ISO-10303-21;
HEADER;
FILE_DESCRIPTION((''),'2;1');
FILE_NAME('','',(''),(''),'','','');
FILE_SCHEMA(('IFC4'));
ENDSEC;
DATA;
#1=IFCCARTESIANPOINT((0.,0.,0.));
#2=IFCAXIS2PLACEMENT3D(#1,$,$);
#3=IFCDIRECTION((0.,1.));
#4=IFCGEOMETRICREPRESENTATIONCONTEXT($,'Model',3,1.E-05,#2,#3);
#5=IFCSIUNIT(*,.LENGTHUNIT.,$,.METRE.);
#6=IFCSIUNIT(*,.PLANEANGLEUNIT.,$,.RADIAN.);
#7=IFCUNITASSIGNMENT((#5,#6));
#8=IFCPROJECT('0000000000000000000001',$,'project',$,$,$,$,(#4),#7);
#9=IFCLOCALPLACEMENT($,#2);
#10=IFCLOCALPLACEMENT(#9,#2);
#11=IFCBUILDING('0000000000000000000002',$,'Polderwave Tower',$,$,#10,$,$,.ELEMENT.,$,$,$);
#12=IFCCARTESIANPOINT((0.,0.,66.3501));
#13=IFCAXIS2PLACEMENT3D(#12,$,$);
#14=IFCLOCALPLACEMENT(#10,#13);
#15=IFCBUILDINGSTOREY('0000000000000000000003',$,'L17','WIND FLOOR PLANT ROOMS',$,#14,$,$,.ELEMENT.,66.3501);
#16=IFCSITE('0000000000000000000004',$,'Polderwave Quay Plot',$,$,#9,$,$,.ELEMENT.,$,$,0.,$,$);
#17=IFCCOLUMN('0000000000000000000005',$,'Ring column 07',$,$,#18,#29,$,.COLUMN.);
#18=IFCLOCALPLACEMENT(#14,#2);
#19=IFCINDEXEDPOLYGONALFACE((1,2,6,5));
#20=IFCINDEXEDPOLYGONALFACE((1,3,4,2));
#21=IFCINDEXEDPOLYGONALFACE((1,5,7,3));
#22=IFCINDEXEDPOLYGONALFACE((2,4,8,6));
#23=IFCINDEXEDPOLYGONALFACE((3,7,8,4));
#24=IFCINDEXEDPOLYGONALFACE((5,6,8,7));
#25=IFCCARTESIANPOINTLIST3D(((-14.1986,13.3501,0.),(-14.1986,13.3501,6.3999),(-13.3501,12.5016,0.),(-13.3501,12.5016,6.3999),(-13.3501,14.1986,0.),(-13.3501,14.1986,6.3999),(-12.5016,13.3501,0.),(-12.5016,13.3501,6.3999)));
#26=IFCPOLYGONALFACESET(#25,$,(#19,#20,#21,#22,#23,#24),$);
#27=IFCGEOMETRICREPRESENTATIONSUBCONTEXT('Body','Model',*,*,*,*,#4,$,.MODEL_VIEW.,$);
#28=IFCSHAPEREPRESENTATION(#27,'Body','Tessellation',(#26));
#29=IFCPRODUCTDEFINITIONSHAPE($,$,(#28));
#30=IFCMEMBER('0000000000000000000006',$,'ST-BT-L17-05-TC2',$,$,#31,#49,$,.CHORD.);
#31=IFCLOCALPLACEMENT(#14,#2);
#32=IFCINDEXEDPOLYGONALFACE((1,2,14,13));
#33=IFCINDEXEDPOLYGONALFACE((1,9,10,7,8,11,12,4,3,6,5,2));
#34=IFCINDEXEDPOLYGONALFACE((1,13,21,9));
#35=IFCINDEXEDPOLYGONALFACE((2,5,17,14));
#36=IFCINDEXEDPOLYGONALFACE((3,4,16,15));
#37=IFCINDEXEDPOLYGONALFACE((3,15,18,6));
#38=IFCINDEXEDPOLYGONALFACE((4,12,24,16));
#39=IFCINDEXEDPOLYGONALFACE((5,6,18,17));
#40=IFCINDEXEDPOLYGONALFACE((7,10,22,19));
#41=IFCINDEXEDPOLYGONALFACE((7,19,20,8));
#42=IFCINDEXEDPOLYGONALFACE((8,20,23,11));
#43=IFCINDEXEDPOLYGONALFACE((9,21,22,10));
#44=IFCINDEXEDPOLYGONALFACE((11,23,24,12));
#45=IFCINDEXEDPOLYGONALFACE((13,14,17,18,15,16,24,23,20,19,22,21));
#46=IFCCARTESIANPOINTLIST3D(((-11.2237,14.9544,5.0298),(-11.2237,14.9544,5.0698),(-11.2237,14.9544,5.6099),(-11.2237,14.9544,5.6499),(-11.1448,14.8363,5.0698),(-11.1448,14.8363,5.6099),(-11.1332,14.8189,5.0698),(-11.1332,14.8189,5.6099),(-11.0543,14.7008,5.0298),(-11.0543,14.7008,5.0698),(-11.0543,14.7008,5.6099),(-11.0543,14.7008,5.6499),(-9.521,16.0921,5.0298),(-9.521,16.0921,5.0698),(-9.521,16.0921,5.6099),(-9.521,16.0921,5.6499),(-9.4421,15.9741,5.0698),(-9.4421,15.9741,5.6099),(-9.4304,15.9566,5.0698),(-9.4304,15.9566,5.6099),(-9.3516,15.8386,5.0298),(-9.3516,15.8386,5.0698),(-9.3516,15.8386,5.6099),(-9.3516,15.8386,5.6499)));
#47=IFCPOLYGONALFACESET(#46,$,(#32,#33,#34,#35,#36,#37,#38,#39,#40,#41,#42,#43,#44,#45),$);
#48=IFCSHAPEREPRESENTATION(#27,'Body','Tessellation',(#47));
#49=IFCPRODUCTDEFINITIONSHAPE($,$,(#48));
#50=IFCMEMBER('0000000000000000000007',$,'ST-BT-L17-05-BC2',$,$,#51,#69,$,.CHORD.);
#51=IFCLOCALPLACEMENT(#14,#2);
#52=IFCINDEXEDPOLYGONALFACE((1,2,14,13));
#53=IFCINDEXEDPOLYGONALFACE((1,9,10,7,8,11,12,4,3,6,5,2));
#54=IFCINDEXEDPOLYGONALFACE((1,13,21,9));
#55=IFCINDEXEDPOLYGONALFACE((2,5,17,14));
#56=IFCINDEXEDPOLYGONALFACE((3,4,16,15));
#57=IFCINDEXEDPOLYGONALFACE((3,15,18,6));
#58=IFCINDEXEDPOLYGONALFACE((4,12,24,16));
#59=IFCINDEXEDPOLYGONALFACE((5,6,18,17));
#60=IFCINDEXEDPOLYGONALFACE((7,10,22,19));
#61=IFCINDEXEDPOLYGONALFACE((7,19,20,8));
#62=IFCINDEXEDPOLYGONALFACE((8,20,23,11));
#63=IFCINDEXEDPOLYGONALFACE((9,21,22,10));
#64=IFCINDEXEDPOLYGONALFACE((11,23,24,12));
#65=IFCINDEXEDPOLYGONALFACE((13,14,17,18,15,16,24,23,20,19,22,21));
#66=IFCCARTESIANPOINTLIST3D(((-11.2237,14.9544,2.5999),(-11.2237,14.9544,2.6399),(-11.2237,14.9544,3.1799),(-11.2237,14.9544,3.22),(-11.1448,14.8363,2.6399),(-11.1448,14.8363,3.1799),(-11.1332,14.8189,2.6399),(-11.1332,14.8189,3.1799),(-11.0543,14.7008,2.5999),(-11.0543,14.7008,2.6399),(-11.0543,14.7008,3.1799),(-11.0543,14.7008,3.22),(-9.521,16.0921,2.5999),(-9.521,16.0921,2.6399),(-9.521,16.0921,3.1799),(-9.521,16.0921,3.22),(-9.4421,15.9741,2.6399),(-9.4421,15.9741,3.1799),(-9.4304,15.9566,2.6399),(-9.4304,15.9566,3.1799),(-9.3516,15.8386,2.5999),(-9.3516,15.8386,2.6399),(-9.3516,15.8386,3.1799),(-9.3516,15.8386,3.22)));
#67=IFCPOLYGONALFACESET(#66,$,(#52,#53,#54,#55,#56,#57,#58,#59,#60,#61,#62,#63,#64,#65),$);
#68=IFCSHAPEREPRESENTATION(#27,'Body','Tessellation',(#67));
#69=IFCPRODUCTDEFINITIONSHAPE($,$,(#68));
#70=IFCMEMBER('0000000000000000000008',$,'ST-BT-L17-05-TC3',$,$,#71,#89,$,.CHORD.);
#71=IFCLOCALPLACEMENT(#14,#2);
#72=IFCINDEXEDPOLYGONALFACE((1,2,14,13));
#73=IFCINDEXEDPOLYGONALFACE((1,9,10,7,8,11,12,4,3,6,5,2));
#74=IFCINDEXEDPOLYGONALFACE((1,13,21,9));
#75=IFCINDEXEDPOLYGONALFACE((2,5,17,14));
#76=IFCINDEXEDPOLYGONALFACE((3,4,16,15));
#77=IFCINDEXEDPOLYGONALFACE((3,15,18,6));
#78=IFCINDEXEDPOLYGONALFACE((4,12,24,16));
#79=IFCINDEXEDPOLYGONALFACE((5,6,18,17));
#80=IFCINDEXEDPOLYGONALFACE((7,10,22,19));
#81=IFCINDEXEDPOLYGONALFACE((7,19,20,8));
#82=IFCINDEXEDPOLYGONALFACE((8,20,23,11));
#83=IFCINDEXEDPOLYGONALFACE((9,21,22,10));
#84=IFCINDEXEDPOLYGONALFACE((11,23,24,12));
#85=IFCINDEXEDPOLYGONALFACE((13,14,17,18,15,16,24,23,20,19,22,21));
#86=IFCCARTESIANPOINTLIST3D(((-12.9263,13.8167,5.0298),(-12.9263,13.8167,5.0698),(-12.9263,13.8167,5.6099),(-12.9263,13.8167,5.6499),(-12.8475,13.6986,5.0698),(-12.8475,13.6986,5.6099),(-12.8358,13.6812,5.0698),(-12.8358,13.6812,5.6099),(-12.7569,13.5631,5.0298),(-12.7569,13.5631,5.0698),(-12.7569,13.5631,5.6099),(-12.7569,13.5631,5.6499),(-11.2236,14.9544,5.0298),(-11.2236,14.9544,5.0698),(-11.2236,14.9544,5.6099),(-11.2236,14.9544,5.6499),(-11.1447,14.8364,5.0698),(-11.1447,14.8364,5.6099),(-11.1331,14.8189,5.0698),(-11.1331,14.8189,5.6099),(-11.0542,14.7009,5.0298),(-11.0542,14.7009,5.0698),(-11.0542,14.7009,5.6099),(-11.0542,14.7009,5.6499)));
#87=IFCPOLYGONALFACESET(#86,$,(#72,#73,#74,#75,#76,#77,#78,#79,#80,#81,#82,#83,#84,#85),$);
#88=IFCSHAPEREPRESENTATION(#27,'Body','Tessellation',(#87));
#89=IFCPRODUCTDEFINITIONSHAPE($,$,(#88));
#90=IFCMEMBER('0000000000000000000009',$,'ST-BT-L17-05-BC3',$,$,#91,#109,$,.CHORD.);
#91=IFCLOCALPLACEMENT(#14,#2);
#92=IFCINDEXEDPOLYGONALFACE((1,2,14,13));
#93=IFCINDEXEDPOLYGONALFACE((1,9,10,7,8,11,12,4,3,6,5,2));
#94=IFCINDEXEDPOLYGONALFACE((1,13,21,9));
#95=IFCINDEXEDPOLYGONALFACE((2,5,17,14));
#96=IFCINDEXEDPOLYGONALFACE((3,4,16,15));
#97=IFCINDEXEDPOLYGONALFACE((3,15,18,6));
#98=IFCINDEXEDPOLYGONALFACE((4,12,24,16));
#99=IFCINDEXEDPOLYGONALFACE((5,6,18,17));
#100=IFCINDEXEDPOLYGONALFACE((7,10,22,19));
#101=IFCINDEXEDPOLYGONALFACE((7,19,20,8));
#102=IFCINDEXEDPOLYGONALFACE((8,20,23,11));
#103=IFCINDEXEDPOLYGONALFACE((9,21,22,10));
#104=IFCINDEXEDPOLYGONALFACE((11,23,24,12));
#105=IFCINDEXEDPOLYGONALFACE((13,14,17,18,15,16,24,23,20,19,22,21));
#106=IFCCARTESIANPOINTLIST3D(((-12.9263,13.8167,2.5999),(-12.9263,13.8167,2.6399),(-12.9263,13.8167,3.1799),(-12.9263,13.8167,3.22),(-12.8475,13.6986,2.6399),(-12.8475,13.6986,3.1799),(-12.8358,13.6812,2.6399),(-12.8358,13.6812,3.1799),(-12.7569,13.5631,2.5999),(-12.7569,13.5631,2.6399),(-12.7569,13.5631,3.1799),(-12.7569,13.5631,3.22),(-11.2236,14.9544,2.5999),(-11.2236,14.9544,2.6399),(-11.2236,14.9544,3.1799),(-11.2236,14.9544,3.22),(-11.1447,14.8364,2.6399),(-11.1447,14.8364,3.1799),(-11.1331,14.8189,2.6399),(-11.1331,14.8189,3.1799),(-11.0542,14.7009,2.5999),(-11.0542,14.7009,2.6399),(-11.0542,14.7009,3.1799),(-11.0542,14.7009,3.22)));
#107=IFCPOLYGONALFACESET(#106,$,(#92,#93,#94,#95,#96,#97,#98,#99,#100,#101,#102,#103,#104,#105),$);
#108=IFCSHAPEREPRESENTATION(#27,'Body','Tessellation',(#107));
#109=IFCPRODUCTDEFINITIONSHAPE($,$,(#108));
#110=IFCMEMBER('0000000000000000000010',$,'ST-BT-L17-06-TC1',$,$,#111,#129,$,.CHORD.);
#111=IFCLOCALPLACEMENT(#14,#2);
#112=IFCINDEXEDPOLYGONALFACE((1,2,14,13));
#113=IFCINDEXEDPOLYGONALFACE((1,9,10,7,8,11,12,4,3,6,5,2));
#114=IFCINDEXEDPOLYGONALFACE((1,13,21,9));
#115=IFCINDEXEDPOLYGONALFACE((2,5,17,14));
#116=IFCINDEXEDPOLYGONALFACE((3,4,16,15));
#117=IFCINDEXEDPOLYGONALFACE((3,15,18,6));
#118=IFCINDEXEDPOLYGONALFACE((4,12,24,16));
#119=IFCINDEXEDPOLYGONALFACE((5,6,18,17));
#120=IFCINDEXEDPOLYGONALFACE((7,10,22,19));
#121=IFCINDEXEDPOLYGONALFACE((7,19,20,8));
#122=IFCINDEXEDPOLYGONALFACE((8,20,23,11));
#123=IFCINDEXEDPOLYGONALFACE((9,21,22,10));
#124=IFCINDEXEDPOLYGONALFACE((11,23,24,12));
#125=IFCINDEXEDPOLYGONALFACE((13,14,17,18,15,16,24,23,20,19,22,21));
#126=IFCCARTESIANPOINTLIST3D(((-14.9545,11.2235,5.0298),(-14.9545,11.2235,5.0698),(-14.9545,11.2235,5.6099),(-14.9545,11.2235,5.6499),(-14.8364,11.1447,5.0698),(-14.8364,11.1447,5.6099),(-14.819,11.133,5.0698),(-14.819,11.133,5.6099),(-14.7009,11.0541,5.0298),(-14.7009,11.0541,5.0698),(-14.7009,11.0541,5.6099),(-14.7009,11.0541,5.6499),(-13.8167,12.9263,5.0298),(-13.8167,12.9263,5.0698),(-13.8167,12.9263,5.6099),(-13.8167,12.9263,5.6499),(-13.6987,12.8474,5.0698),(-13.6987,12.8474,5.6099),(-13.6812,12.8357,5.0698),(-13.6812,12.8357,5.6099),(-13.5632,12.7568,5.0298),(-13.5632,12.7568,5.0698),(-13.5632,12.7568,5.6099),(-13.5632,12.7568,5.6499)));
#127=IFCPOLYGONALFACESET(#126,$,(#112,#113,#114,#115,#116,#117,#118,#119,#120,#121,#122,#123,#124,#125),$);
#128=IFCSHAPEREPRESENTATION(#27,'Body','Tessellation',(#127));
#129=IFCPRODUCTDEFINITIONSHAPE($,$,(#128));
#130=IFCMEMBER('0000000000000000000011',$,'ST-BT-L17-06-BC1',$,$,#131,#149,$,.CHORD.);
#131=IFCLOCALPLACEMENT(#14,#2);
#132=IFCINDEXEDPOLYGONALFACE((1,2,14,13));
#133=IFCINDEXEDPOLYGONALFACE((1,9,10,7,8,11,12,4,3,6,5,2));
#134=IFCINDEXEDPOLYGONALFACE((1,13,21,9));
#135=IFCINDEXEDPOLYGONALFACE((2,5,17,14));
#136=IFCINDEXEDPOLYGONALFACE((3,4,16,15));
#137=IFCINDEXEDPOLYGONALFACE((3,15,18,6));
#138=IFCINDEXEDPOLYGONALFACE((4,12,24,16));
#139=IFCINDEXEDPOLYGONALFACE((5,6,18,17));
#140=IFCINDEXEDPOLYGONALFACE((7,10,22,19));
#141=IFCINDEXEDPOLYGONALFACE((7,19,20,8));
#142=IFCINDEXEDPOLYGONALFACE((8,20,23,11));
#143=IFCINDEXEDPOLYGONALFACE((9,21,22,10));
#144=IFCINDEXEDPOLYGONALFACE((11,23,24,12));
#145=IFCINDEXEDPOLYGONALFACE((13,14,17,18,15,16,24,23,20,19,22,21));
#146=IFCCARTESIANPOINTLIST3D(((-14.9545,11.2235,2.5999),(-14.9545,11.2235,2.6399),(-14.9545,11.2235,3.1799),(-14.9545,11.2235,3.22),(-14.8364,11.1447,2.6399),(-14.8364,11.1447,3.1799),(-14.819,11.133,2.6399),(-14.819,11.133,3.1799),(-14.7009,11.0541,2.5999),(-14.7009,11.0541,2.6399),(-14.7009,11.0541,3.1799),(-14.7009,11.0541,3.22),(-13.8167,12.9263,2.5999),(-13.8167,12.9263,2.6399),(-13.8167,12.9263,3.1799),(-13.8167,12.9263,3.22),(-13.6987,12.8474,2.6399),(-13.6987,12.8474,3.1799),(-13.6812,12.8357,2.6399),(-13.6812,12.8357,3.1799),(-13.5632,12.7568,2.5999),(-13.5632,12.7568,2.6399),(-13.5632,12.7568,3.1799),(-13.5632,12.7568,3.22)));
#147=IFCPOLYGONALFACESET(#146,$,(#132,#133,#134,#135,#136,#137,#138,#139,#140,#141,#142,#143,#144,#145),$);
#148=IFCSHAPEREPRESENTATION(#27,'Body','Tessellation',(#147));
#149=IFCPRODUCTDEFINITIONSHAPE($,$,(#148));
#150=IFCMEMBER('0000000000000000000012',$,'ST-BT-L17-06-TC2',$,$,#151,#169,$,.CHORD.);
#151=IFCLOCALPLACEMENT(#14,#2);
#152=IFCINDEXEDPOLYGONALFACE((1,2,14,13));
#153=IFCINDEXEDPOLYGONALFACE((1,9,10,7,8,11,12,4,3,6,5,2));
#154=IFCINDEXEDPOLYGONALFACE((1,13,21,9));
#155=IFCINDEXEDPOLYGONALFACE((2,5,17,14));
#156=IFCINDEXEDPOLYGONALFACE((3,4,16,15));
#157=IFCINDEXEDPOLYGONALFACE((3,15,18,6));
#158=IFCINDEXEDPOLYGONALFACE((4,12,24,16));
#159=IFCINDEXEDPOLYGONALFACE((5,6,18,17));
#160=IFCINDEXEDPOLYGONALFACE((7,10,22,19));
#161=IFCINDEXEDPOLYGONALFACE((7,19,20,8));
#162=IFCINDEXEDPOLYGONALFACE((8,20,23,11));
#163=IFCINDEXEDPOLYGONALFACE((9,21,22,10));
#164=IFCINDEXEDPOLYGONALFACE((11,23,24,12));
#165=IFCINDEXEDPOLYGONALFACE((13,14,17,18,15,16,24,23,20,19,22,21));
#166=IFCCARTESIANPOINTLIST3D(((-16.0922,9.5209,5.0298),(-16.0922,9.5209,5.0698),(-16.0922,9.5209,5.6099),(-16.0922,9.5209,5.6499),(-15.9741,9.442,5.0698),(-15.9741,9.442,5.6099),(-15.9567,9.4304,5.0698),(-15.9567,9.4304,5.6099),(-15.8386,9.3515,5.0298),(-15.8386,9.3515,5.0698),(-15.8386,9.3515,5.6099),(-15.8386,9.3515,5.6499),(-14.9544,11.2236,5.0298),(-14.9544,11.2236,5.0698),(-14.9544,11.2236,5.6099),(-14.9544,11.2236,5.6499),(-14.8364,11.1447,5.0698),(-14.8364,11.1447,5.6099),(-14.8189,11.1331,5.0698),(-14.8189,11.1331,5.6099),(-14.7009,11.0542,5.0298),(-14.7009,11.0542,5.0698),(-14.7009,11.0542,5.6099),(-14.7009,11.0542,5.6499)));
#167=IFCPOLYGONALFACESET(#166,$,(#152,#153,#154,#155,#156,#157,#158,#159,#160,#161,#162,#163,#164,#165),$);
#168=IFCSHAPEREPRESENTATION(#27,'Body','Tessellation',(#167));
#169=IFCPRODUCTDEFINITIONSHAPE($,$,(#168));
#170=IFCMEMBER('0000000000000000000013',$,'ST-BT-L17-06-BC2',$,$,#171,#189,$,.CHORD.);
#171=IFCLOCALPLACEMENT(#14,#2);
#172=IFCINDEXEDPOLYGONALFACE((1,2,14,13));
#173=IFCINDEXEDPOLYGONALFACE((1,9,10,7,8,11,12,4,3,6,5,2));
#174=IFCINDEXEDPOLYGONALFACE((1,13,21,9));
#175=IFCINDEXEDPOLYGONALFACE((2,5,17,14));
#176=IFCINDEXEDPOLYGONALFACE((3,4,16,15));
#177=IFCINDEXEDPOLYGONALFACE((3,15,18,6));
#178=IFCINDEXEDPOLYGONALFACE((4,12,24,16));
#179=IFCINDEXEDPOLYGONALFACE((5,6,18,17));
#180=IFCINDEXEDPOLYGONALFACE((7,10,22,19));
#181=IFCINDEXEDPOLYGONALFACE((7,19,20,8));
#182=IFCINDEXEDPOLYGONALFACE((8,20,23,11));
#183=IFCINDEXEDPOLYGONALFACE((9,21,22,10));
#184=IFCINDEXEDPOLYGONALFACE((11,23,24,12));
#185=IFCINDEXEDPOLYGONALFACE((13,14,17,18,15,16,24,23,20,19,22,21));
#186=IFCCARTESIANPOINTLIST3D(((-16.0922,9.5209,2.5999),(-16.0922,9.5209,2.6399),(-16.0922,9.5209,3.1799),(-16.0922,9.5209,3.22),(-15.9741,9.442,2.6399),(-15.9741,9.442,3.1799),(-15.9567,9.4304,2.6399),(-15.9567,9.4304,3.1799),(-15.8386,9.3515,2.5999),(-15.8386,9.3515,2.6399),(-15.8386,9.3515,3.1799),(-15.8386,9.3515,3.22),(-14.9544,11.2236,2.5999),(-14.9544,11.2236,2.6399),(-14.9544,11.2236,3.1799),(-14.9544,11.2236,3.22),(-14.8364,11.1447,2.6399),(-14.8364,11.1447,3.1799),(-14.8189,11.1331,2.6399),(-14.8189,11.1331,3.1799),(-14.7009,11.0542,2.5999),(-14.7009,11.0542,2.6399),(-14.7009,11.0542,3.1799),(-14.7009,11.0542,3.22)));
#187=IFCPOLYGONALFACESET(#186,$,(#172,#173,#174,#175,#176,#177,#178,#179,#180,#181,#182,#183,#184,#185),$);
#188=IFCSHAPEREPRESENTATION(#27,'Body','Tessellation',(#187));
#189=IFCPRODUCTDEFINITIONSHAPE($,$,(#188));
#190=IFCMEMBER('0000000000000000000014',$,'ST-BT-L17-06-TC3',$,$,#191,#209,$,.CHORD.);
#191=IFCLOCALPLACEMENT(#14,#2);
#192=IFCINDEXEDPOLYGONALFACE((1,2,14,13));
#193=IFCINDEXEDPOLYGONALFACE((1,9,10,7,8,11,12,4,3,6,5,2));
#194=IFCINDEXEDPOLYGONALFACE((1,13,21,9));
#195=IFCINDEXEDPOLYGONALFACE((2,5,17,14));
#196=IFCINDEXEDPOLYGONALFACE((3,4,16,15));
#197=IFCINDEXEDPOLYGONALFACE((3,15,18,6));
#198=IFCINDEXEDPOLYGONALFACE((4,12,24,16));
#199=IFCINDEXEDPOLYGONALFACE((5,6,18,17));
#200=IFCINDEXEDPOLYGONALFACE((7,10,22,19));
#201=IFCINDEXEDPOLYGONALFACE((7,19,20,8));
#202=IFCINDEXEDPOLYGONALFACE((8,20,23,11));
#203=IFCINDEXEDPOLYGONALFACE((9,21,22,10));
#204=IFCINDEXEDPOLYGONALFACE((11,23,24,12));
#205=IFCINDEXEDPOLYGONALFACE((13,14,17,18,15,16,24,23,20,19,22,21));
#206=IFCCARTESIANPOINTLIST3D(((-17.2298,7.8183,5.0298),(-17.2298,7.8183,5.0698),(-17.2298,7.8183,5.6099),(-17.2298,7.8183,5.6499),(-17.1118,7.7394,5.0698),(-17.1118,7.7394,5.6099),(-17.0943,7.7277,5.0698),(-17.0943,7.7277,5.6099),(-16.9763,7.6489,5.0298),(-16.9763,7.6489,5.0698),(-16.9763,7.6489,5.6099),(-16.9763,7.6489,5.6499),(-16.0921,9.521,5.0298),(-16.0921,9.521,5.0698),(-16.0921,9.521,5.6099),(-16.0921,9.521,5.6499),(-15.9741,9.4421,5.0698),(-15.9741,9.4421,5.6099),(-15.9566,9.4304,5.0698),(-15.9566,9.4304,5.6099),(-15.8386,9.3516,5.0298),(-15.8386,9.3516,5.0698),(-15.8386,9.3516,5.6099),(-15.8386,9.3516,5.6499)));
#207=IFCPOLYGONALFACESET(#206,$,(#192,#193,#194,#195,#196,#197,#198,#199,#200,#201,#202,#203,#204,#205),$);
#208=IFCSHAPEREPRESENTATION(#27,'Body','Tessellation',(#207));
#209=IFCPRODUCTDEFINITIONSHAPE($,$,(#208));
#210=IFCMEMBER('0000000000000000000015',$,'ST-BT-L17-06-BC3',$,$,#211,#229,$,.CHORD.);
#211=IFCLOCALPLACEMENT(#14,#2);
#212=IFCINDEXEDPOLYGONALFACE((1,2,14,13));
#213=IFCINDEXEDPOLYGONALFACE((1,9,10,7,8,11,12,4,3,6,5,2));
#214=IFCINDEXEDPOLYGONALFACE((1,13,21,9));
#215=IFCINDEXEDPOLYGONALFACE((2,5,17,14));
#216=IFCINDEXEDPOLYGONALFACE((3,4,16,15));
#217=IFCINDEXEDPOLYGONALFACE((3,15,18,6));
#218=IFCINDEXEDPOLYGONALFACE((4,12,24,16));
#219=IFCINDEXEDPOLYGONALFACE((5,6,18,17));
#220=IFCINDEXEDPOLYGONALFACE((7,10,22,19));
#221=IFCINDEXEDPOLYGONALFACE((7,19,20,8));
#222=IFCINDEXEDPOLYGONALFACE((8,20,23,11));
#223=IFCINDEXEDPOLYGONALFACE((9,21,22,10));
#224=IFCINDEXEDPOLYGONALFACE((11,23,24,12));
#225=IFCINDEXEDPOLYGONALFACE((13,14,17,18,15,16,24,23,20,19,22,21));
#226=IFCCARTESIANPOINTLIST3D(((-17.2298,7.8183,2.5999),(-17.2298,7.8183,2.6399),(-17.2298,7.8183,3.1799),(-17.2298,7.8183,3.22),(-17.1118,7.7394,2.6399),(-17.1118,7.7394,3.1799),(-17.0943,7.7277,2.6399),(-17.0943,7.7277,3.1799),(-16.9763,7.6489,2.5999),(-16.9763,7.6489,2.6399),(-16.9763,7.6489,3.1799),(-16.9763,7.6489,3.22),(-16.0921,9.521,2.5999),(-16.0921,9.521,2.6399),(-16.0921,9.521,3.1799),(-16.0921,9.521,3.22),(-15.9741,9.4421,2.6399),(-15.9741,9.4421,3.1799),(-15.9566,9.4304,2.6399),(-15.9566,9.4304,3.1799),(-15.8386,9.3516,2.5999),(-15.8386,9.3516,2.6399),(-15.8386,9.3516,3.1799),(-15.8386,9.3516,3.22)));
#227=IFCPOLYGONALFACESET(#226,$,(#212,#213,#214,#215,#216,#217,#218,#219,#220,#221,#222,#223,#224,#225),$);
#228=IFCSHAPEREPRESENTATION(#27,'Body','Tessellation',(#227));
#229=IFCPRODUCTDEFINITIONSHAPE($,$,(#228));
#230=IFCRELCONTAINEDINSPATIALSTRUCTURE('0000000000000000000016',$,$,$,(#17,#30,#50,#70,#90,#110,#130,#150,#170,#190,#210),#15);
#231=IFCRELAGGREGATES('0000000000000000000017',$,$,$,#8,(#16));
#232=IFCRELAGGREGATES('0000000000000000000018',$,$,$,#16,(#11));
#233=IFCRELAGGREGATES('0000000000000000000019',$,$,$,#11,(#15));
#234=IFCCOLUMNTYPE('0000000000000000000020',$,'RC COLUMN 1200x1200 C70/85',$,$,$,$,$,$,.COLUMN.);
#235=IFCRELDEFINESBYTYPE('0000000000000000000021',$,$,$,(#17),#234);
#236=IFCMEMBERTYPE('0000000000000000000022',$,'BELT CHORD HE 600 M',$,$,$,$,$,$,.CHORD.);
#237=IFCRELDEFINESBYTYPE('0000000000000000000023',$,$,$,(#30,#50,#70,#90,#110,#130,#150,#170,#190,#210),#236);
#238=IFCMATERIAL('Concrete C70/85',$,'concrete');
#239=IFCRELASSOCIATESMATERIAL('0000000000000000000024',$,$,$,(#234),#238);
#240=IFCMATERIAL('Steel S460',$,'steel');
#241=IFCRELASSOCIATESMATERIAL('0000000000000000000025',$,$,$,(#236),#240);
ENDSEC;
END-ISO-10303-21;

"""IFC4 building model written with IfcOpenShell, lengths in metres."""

from ifc_helpers import new_model, si_unit, direction, frame, origin, origin_2d, place, context, subcontext, project, spatial, rectangle, i_section, extrude, material, material_profile, profile_set, type_object, element, save


model = new_model("IFC4")

# Units and contexts
model_context = context("Model", 3, precision=1e-05, world=origin(), true_north=direction((0.0, 1.0)))
body_context = subcontext(model_context, "Body", "Model", "MODEL_VIEW")
ifc_project = project(units=[si_unit("LENGTHUNIT", "METRE"), si_unit("PLANEANGLEUNIT", "RADIAN")], contexts=[model_context])

# Site, building, storey
site_placement = place(None, origin())
site = spatial("IfcSite", under=ifc_project, at=site_placement, Name="Polderwave Quay Plot", CompositionType="ELEMENT", RefElevation=0.0)
building_placement = place(site_placement, origin())
building = spatial("IfcBuilding", under=site, at=building_placement, Name="Polderwave Tower", CompositionType="ELEMENT")
storey_placement = place(building_placement, frame((0.0, 0.0, 66.3501)))
storey = spatial("IfcBuildingStorey", under=building, at=storey_placement, Name="L17", Description="WIND FLOOR PLANT ROOMS", CompositionType="ELEMENT", Elevation=66.3501)

# Column
ifc_material_1 = material(Name="Concrete C70/85", Category="concrete")
ifc_material_profile_1 = material_profile(ifc_material_1, rectangle(XDim=1.2, YDim=1.2, at=origin_2d()), Name="RC 1200x1200")
ifc_profile_set_1 = profile_set([ifc_material_profile_1], Name="Concrete C70/85")
column_type = type_object("IfcColumnType", Name="RC COLUMN 1200x1200 C70/85", PredefinedType="COLUMN", material=ifc_profile_set_1)
column_placement = place(storey_placement, frame((-13.3501, 13.3501, 0.0), z_axis=(0.0, 0.0, 1.0), x_axis=(-0.707107, 0.707107, 0.0)))
element("IfcColumn", 1, at=column_placement, inside=storey, type_object=column_type, Name="Ring column 07", PredefinedType="COLUMN", context=body_context, shape_type="SweptSolid", body=[
    extrude(rectangle(XDim=1.2, YDim=1.2, at=origin_2d()), origin(), (0.0, 0.0, 1.0), 6.3999),
])

# Members
ifc_material_2 = material(Name="Steel S460", Category="steel")
ifc_material_profile_2 = material_profile(ifc_material_2, i_section(OverallWidth=0.3049, OverallDepth=0.6201, WebThickness=0.021, FlangeThickness=0.04, at=origin_2d()), Name="HE 600 M")
ifc_profile_set_2 = profile_set([ifc_material_profile_2], Name="Steel S460")
member_type_1 = type_object("IfcMemberType", Name="BELT CHORD HE 600 M", PredefinedType="CHORD", material=ifc_profile_set_2)
for number, where, z_axis, x_axis, name in (
    (2, (-9.4363, 15.9653, 5.3398), (-0.831463, -0.55558, 0.0), (0.55558, -0.831463, 0.0), "ST-BT-L17-05-TC2"),
    (3, (-9.4363, 15.9653, 2.9099), (-0.831463, -0.55558, 0.0), (0.55558, -0.831463, 0.0), "ST-BT-L17-05-BC2"),
    (4, (-11.1389, 14.8276, 5.3398), (-0.831463, -0.55558, 0.0), (0.55558, -0.831463, 0.0), "ST-BT-L17-05-TC3"),
    (5, (-11.1389, 14.8276, 2.9099), (-0.831463, -0.55558, 0.0), (0.55558, -0.831463, 0.0), "ST-BT-L17-05-BC3"),
    (6, (-13.6899, 12.8416, 5.3398), (-0.55558, -0.831463, 0.0), (0.831463, -0.55558, 0.0), "ST-BT-L17-06-TC1"),
    (7, (-13.6899, 12.8416, 2.9099), (-0.55558, -0.831463, 0.0), (0.831463, -0.55558, 0.0), "ST-BT-L17-06-BC1"),
    (8, (-14.8276, 11.1389, 5.3398), (-0.55558, -0.831463, 0.0), (0.831463, -0.55558, 0.0), "ST-BT-L17-06-TC2"),
    (9, (-14.8276, 11.1389, 2.9099), (-0.55558, -0.831463, 0.0), (0.831463, -0.55558, 0.0), "ST-BT-L17-06-BC2"),
    (10, (-15.9653, 9.4363, 5.3398), (-0.55558, -0.831463, 0.0), (0.831463, -0.55558, 0.0), "ST-BT-L17-06-TC3"),
    (11, (-15.9653, 9.4363, 2.9099), (-0.55558, -0.831463, 0.0), (0.831463, -0.55558, 0.0), "ST-BT-L17-06-BC3"),
):
    element("IfcMember", number, at=place(storey_placement, frame(where, z_axis=z_axis, x_axis=x_axis)), inside=storey, type_object=member_type_1, Name=name, PredefinedType="CHORD", context=body_context, shape_type="SweptSolid", body=[
        extrude(i_section(OverallWidth=0.3049, OverallDepth=0.6201, WebThickness=0.021, FlangeThickness=0.04, at=origin_2d()), origin(), (0.0, 0.0, 1.0), 2.0479),
    ])

save(model, "model.ifc")
